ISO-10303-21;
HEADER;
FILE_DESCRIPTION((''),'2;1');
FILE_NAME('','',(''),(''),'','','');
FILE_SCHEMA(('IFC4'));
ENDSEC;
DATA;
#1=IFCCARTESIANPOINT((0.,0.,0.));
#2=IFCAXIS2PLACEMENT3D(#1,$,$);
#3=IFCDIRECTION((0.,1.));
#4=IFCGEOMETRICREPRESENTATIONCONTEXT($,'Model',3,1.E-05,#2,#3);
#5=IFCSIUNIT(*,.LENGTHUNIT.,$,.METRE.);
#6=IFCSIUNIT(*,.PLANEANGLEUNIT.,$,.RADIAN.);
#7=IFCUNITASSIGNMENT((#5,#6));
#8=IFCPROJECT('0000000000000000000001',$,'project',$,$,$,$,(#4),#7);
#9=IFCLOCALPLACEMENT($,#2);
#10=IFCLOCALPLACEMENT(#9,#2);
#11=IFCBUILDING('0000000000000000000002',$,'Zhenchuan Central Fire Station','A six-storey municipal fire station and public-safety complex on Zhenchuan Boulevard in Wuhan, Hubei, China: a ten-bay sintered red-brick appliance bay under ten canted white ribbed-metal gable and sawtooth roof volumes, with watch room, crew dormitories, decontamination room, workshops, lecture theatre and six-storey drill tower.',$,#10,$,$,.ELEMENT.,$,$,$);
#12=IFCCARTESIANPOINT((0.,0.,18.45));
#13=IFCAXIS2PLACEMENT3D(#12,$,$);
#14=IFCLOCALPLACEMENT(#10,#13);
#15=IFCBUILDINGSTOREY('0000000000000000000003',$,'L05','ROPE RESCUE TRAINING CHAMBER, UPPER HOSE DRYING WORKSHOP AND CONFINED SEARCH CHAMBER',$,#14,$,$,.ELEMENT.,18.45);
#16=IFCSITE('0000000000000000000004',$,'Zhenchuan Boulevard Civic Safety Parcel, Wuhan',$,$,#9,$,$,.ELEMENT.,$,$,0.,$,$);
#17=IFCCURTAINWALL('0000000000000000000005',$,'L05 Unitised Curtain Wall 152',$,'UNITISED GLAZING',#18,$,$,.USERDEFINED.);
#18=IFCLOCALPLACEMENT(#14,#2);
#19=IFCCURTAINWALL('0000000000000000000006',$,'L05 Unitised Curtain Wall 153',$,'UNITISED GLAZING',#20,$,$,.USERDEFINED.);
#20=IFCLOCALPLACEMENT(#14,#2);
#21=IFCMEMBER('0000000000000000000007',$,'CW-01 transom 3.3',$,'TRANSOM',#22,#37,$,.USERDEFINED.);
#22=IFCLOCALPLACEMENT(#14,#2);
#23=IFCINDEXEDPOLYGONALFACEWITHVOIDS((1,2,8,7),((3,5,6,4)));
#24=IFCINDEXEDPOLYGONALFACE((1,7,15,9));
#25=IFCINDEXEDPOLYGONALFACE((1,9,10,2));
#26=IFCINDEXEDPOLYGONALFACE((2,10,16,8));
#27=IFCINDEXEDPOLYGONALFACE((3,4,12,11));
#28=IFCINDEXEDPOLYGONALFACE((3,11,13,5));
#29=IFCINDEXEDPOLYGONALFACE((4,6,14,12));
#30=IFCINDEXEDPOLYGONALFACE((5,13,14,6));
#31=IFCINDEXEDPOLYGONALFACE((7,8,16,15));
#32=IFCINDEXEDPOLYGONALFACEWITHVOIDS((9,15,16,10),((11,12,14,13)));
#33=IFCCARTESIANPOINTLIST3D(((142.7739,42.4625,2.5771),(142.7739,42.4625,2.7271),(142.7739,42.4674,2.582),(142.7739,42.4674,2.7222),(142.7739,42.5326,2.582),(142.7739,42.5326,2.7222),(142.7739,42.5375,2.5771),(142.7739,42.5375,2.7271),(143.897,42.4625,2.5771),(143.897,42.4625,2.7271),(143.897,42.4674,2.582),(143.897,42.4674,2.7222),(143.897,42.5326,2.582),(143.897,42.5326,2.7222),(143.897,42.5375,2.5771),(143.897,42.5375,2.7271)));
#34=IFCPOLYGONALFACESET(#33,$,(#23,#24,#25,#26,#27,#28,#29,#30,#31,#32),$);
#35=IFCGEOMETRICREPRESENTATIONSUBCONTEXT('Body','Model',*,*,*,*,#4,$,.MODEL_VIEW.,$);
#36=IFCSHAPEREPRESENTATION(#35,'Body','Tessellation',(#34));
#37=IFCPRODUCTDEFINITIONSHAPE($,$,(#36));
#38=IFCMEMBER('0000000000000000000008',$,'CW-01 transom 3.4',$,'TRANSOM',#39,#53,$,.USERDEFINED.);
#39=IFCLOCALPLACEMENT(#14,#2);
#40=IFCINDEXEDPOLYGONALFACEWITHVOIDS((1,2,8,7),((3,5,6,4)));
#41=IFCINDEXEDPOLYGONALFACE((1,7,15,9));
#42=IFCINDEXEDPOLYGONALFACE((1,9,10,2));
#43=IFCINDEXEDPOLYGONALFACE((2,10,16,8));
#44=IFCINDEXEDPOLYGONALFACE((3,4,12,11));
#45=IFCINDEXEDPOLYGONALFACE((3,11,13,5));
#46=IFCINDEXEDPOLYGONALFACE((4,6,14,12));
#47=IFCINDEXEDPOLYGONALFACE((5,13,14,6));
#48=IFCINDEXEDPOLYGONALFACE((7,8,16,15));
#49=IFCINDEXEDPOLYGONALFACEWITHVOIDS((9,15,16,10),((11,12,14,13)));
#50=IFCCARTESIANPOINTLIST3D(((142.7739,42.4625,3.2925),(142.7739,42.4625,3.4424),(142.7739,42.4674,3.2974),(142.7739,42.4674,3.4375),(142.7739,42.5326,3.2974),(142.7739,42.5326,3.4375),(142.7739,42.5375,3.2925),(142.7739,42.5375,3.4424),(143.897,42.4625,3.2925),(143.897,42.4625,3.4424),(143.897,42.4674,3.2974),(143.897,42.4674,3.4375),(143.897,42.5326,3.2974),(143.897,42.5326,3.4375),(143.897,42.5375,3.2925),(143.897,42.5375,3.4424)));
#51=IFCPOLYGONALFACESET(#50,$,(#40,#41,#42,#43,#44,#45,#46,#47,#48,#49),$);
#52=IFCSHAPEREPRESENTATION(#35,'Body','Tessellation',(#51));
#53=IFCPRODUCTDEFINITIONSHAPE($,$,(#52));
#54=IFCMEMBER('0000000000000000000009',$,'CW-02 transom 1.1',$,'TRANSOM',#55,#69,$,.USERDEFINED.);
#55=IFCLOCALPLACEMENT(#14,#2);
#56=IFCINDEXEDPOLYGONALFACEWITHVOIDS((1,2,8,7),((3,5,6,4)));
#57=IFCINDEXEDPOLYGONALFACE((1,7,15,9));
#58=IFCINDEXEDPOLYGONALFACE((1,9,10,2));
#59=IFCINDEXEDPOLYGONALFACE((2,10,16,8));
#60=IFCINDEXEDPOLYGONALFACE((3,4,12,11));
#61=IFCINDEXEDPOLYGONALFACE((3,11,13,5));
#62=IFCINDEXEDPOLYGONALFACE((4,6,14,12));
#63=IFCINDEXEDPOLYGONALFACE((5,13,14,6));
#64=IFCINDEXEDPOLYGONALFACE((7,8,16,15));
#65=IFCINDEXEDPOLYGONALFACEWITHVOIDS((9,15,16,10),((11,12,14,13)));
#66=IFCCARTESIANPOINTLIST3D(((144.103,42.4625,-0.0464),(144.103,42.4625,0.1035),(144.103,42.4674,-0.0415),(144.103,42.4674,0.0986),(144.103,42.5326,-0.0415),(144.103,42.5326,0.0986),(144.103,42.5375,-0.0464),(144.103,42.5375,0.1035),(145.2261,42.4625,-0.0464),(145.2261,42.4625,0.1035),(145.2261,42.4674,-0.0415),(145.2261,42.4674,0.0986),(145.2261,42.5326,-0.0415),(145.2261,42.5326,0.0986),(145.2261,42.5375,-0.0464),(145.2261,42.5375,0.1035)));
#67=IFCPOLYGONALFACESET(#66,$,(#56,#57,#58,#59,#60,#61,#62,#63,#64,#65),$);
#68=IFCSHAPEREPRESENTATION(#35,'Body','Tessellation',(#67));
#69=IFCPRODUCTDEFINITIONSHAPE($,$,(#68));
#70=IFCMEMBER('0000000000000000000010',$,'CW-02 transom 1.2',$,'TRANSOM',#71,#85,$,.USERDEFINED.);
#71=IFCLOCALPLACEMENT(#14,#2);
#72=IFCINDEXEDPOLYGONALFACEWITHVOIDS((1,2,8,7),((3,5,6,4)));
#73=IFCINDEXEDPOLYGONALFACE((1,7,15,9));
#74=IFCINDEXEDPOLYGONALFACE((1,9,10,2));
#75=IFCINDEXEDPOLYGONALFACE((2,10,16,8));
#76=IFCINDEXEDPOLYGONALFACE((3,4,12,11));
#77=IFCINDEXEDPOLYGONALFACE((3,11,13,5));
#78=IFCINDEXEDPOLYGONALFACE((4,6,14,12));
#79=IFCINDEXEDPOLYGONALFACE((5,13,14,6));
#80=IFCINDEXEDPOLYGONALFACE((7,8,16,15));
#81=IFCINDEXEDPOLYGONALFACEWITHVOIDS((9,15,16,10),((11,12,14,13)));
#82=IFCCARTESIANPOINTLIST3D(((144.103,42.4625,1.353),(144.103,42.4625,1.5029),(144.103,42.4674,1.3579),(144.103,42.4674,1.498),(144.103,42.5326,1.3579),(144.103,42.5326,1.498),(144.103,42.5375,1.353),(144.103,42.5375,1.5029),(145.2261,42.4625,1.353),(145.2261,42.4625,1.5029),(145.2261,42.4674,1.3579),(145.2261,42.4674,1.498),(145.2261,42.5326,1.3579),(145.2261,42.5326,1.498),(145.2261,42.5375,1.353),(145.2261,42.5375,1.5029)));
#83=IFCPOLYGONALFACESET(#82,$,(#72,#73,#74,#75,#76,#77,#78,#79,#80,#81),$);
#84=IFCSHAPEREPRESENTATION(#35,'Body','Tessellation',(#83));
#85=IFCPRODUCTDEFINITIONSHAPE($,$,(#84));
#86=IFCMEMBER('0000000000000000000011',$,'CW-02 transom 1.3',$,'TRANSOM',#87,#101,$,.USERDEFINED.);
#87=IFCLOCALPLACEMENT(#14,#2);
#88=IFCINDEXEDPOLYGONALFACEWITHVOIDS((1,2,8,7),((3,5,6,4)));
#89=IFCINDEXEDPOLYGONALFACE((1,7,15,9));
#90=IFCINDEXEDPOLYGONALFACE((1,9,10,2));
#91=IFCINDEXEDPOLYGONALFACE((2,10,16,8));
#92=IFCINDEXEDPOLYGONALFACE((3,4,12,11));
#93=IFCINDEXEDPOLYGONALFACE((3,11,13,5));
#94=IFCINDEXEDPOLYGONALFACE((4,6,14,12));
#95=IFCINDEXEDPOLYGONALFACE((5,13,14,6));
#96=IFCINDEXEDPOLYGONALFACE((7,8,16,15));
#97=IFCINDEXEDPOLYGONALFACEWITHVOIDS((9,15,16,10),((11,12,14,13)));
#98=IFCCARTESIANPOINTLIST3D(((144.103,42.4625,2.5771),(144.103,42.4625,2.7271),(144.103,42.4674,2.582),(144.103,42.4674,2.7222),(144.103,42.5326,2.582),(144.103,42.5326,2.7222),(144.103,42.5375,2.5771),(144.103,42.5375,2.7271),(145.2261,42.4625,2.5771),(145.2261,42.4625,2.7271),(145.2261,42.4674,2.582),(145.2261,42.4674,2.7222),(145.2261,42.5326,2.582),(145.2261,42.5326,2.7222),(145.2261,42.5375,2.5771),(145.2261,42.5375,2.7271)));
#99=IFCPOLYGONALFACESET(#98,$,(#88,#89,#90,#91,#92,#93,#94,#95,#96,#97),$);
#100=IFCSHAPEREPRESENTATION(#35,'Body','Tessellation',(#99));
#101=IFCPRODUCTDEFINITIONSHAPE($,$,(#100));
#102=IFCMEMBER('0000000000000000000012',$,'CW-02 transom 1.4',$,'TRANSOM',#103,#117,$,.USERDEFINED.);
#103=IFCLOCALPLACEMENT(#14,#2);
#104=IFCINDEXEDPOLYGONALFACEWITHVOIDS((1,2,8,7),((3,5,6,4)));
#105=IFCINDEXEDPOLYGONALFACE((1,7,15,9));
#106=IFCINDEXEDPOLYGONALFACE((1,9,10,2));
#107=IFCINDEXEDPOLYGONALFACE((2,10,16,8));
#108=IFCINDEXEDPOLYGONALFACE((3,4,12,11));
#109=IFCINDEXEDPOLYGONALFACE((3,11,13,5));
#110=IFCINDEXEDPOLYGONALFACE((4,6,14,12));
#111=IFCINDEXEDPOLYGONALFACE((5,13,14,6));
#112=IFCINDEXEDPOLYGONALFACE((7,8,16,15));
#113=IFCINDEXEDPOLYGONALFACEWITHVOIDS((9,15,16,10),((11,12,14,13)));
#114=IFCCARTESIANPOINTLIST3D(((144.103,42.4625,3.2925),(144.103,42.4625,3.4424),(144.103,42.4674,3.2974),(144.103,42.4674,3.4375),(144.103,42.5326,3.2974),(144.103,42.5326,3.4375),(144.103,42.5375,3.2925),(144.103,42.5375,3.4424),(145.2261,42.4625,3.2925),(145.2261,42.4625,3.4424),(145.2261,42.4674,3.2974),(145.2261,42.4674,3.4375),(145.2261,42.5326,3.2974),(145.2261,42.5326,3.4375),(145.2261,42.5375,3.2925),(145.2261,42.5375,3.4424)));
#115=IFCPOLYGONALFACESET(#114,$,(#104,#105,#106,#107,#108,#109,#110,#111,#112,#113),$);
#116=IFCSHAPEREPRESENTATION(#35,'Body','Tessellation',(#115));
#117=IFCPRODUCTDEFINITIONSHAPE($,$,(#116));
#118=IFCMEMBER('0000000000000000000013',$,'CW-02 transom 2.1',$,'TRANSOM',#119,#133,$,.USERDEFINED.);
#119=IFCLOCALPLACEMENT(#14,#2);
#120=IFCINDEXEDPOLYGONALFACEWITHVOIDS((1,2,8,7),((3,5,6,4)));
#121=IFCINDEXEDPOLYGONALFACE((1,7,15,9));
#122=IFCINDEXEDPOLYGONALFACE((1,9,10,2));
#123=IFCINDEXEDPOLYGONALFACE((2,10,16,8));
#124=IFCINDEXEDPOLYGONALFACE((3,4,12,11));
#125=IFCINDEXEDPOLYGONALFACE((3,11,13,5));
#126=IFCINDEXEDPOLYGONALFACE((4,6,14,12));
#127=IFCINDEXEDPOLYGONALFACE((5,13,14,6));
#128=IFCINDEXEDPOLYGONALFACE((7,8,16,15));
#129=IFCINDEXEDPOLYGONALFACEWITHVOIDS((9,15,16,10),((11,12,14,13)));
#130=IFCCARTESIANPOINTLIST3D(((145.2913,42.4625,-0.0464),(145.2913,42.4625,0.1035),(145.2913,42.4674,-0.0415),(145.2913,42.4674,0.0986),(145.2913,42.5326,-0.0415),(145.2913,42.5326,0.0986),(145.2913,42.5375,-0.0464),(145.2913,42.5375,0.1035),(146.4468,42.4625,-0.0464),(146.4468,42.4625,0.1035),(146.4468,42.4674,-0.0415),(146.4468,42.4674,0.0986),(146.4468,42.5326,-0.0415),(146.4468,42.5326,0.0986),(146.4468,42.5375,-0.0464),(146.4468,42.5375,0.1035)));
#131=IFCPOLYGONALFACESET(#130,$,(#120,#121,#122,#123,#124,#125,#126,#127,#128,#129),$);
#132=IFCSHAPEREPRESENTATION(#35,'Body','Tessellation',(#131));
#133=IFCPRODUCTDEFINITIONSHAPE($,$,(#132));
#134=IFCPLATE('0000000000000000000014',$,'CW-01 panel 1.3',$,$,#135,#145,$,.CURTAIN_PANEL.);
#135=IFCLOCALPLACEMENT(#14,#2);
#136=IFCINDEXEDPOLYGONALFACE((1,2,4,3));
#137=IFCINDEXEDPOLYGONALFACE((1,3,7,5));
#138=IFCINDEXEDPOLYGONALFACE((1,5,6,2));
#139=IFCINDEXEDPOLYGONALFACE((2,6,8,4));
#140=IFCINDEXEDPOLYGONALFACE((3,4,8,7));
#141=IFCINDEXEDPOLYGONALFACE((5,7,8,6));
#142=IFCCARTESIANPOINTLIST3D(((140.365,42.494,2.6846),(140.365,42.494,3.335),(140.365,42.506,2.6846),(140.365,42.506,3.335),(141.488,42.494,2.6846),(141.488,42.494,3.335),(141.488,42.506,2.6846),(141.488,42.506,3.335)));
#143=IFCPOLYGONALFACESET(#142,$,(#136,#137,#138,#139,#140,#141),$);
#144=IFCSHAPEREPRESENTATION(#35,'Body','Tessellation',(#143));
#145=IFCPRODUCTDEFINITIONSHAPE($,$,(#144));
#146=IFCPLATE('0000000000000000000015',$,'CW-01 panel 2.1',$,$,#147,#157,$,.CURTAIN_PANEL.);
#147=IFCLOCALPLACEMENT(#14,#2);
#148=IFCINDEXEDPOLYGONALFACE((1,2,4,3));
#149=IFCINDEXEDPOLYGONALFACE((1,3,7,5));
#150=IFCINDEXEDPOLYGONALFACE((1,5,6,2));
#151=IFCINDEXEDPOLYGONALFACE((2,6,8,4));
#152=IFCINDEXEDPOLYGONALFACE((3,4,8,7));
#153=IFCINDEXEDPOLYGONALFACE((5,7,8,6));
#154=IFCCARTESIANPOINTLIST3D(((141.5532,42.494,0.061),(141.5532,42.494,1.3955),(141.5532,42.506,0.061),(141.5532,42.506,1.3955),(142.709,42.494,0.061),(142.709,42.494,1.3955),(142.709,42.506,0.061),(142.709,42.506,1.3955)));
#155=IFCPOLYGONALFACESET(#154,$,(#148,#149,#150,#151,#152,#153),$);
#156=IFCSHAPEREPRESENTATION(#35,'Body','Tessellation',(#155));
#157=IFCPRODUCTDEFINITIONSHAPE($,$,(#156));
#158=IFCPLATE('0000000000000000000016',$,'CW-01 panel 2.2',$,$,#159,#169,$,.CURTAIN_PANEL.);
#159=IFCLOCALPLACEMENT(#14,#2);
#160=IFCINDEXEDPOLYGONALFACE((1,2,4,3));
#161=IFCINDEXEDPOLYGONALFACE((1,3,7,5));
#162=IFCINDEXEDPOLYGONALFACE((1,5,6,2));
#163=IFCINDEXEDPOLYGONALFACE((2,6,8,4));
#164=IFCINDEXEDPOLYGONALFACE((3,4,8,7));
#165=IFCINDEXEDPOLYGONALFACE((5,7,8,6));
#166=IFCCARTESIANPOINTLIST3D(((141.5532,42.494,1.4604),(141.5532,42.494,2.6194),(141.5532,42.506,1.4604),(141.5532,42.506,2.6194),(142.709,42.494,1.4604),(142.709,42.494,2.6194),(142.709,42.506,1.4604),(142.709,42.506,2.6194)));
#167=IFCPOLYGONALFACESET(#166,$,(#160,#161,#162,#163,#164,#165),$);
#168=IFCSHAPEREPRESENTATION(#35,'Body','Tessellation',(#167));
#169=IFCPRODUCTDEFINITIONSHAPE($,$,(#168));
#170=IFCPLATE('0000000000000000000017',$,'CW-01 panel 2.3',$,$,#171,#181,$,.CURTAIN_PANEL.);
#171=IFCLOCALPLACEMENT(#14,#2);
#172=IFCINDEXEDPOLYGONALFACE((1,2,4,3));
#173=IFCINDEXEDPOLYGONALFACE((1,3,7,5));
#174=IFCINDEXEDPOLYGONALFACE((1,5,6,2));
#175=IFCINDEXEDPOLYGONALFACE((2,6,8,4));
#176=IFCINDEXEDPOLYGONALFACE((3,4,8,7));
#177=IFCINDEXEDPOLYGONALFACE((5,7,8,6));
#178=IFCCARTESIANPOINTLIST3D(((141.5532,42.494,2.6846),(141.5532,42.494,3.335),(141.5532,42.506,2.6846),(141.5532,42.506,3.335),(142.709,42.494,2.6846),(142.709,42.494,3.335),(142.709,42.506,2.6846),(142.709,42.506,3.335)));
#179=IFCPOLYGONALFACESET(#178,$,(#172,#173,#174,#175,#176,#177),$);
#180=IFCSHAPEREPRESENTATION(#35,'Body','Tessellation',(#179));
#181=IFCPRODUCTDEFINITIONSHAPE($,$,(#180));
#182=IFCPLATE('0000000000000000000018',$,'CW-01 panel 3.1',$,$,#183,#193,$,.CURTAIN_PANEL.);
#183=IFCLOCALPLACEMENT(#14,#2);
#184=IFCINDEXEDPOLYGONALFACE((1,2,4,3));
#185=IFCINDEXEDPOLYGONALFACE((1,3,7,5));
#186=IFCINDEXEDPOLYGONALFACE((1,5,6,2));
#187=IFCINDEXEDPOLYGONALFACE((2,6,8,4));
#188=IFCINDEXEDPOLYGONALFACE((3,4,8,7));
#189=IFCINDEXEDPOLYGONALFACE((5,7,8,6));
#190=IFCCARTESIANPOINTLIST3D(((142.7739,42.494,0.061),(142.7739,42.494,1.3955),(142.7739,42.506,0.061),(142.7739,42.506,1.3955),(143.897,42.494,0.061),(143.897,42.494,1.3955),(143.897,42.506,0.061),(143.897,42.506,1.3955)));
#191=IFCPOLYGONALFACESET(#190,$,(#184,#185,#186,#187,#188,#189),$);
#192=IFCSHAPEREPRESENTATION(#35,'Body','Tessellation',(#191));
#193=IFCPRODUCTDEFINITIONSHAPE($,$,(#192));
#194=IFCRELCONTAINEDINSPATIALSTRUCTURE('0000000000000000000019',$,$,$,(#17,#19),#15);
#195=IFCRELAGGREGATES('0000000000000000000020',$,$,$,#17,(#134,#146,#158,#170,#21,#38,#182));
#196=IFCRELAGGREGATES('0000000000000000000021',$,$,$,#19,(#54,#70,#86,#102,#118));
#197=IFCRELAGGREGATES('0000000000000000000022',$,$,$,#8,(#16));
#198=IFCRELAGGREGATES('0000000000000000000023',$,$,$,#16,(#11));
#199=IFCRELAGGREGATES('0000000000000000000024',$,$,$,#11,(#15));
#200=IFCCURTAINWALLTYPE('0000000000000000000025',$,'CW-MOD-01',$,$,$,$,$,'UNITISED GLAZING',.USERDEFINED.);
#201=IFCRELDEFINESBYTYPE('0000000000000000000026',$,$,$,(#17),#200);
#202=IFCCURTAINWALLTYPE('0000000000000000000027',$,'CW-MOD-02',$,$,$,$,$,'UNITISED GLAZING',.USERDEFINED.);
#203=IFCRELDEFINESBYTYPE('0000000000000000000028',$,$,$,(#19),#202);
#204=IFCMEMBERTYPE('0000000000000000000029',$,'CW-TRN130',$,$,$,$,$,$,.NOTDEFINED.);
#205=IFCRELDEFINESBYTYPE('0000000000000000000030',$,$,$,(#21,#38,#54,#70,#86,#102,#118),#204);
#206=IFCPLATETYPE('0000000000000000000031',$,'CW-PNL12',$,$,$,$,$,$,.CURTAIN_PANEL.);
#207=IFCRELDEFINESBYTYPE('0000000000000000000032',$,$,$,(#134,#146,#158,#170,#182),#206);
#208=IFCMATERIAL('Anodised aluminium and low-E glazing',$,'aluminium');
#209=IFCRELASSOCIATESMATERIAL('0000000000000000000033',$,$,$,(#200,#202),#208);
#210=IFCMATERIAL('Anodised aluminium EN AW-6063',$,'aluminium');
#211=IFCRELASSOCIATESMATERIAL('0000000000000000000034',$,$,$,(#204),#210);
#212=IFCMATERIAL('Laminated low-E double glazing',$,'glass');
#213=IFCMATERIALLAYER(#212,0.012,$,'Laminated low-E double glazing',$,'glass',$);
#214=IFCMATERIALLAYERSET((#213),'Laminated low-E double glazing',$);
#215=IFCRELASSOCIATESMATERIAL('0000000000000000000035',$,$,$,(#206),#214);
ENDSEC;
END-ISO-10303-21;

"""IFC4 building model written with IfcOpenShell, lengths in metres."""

from ifc_helpers import new_model, si_unit, direction, frame, origin, origin_2d, place, context, subcontext, project, spatial, rectangle, hollow_rectangle, extrude, material, layer, layer_set, material_profile, profile_set, type_object, element, aggregate, save


model = new_model("IFC4")

# Units and contexts
model_context = context("Model", 3, precision=1e-05, world=origin(), true_north=direction((0.0, 1.0)))
body_context = subcontext(model_context, "Body", "Model", "MODEL_VIEW")
ifc_project = project(units=[si_unit("LENGTHUNIT", "METRE"), si_unit("PLANEANGLEUNIT", "RADIAN")], contexts=[model_context])

# Site, building, storey
site_placement = place(None, origin())
site = spatial("IfcSite", under=ifc_project, at=site_placement, Name="Zhenchuan Boulevard Civic Safety Parcel, Wuhan", CompositionType="ELEMENT", RefElevation=0.0)
building_placement = place(site_placement, origin())
building = spatial("IfcBuilding", under=site, at=building_placement, Name="Zhenchuan Central Fire Station", Description="A six-storey municipal fire station and public-safety complex on Zhenchuan Boulevard in Wuhan, Hubei, China: a ten-bay sintered red-brick appliance bay under ten canted white ribbed-metal gable and sawtooth roof volumes, with watch room, crew dormitories, decontamination room, workshops, lecture theatre and six-storey drill tower.", CompositionType="ELEMENT")
storey_placement = place(building_placement, frame((0.0, 0.0, 18.45)))
storey = spatial("IfcBuildingStorey", under=building, at=storey_placement, Name="L05", Description="ROPE RESCUE TRAINING CHAMBER, UPPER HOSE DRYING WORKSHOP AND CONFINED SEARCH CHAMBER", CompositionType="ELEMENT", Elevation=18.45)

# Curtain walls
ifc_material_1 = material(Name="Anodised aluminium and low-E glazing", Category="aluminium")
curtain_wall_type_1 = type_object("IfcCurtainWallType", Name="CW-MOD-01", ElementType="UNITISED GLAZING", PredefinedType="USERDEFINED", material=ifc_material_1)
curtain_wall_1_placement = place(storey_placement, origin())
curtain_wall_1 = element("IfcCurtainWall", 1, at=curtain_wall_1_placement, inside=storey, type_object=curtain_wall_type_1, Name="L05 Unitised Curtain Wall 152", ObjectType="UNITISED GLAZING", PredefinedType="USERDEFINED")
ifc_material_2 = material(Name="Anodised aluminium EN AW-6063", Category="aluminium")
curtain_wall_type_2 = type_object("IfcCurtainWallType", Name="CW-MOD-02", ElementType="UNITISED GLAZING", PredefinedType="USERDEFINED", material=ifc_material_1)
curtain_wall_2_placement = place(storey_placement, origin())
curtain_wall_2 = element("IfcCurtainWall", 2, at=curtain_wall_2_placement, inside=storey, type_object=curtain_wall_type_2, Name="L05 Unitised Curtain Wall 153", ObjectType="UNITISED GLAZING", PredefinedType="USERDEFINED")

# Members
ifc_material_profile_1 = material_profile(ifc_material_2, hollow_rectangle(XDim=0.075, YDim=0.1499, WallThickness=0.0049, at=origin_2d()), Name="ALU-T 150x75")
ifc_profile_set_1 = profile_set([ifc_material_profile_1], Name="Anodised aluminium EN AW-6063")
member_type_1 = type_object("IfcMemberType", Name="CW-TRN130", PredefinedType="NOTDEFINED", material=ifc_profile_set_1)
member_1_placement = place(storey_placement, frame((142.7739, 42.5, 2.6521), z_axis=(1.0, 0.0, 0.0), x_axis=(0.0, 1.0, 0.0)))
member_1 = element("IfcMember", 3, at=member_1_placement, type_object=member_type_1, Name="CW-01 transom 3.3", ObjectType="TRANSOM", PredefinedType="USERDEFINED", context=body_context, shape_type="SweptSolid", body=[
    extrude(hollow_rectangle(XDim=0.075, YDim=0.1499, WallThickness=0.0049, at=origin_2d()), origin(), (0.0, 0.0, 1.0), 1.123),
])
member_2_placement = place(storey_placement, frame((142.7739, 42.5, 3.3674), z_axis=(1.0, 0.0, 0.0), x_axis=(0.0, 1.0, 0.0)))
member_2 = element("IfcMember", 4, at=member_2_placement, type_object=member_type_1, Name="CW-01 transom 3.4", ObjectType="TRANSOM", PredefinedType="USERDEFINED", context=body_context, shape_type="SweptSolid", body=[
    extrude(hollow_rectangle(XDim=0.075, YDim=0.1499, WallThickness=0.0049, at=origin_2d()), origin(), (0.0, 0.0, 1.0), 1.123),
])
member_3_placement = place(storey_placement, frame((144.103, 42.5, 0.0286), z_axis=(1.0, 0.0, 0.0), x_axis=(0.0, 1.0, 0.0)))
member_3 = element("IfcMember", 5, at=member_3_placement, type_object=member_type_1, Name="CW-02 transom 1.1", ObjectType="TRANSOM", PredefinedType="USERDEFINED", context=body_context, shape_type="SweptSolid", body=[
    extrude(hollow_rectangle(XDim=0.075, YDim=0.1499, WallThickness=0.0049, at=origin_2d()), origin(), (0.0, 0.0, 1.0), 1.123),
])
member_4_placement = place(storey_placement, frame((144.103, 42.5, 1.428), z_axis=(1.0, 0.0, 0.0), x_axis=(0.0, 1.0, 0.0)))
member_4 = element("IfcMember", 6, at=member_4_placement, type_object=member_type_1, Name="CW-02 transom 1.2", ObjectType="TRANSOM", PredefinedType="USERDEFINED", context=body_context, shape_type="SweptSolid", body=[
    extrude(hollow_rectangle(XDim=0.075, YDim=0.1499, WallThickness=0.0049, at=origin_2d()), origin(), (0.0, 0.0, 1.0), 1.123),
])
member_5_placement = place(storey_placement, frame((144.103, 42.5, 2.6521), z_axis=(1.0, 0.0, 0.0), x_axis=(0.0, 1.0, 0.0)))
member_5 = element("IfcMember", 7, at=member_5_placement, type_object=member_type_1, Name="CW-02 transom 1.3", ObjectType="TRANSOM", PredefinedType="USERDEFINED", context=body_context, shape_type="SweptSolid", body=[
    extrude(hollow_rectangle(XDim=0.075, YDim=0.1499, WallThickness=0.0049, at=origin_2d()), origin(), (0.0, 0.0, 1.0), 1.123),
])
member_6_placement = place(storey_placement, frame((144.103, 42.5, 3.3674), z_axis=(1.0, 0.0, 0.0), x_axis=(0.0, 1.0, 0.0)))
member_6 = element("IfcMember", 8, at=member_6_placement, type_object=member_type_1, Name="CW-02 transom 1.4", ObjectType="TRANSOM", PredefinedType="USERDEFINED", context=body_context, shape_type="SweptSolid", body=[
    extrude(hollow_rectangle(XDim=0.075, YDim=0.1499, WallThickness=0.0049, at=origin_2d()), origin(), (0.0, 0.0, 1.0), 1.123),
])
member_7_placement = place(storey_placement, frame((145.2913, 42.5, 0.0286), z_axis=(1.0, 0.0, 0.0), x_axis=(0.0, 1.0, 0.0)))
member_7 = element("IfcMember", 9, at=member_7_placement, type_object=member_type_1, Name="CW-02 transom 2.1", ObjectType="TRANSOM", PredefinedType="USERDEFINED", context=body_context, shape_type="SweptSolid", body=[
    extrude(hollow_rectangle(XDim=0.075, YDim=0.1499, WallThickness=0.0049, at=origin_2d()), origin(), (0.0, 0.0, 1.0), 1.1555),
])

# Plates
ifc_material_3 = material(Name="Laminated low-E double glazing", Category="glass")
ifc_layer = layer(ifc_material_3, 0.012, Name="Laminated low-E double glazing", Category="glass")
ifc_layer_set = layer_set([ifc_layer], Name="Laminated low-E double glazing")
plate_type = type_object("IfcPlateType", Name="CW-PNL12", PredefinedType="CURTAIN_PANEL", material=ifc_layer_set)
plate_1_placement = place(storey_placement, frame((140.9265, 42.5, 2.6846), z_axis=(0.0, 0.0, 1.0), x_axis=(1.0, 0.0, 0.0)))
plate_1 = element("IfcPlate", 10, at=plate_1_placement, type_object=plate_type, Name="CW-01 panel 1.3", PredefinedType="CURTAIN_PANEL", context=body_context, shape_type="SweptSolid", body=[
    extrude(rectangle(XDim=1.123, YDim=0.012, at=origin_2d()), origin(), (0.0, 0.0, 1.0), 0.6504),
])
plate_2_placement = place(storey_placement, frame((142.1311, 42.5, 0.061), z_axis=(0.0, 0.0, 1.0), x_axis=(1.0, 0.0, 0.0)))
plate_2 = element("IfcPlate", 11, at=plate_2_placement, type_object=plate_type, Name="CW-01 panel 2.1", PredefinedType="CURTAIN_PANEL", context=body_context, shape_type="SweptSolid", body=[
    extrude(rectangle(XDim=1.1558, YDim=0.012, at=origin_2d()), origin(), (0.0, 0.0, 1.0), 1.3345),
])
plate_3_placement = place(storey_placement, frame((142.1311, 42.5, 1.4604), z_axis=(0.0, 0.0, 1.0), x_axis=(1.0, 0.0, 0.0)))
plate_3 = element("IfcPlate", 12, at=plate_3_placement, type_object=plate_type, Name="CW-01 panel 2.2", PredefinedType="CURTAIN_PANEL", context=body_context, shape_type="SweptSolid", body=[
    extrude(rectangle(XDim=1.1558, YDim=0.012, at=origin_2d()), origin(), (0.0, 0.0, 1.0), 1.1589),
])
plate_4_placement = place(storey_placement, frame((142.1311, 42.5, 2.6846), z_axis=(0.0, 0.0, 1.0), x_axis=(1.0, 0.0, 0.0)))
plate_4 = element("IfcPlate", 13, at=plate_4_placement, type_object=plate_type, Name="CW-01 panel 2.3", PredefinedType="CURTAIN_PANEL", context=body_context, shape_type="SweptSolid", body=[
    extrude(rectangle(XDim=1.1558, YDim=0.012, at=origin_2d()), origin(), (0.0, 0.0, 1.0), 0.6504),
])
plate_5_placement = place(storey_placement, frame((143.3354, 42.5, 0.061), z_axis=(0.0, 0.0, 1.0), x_axis=(1.0, 0.0, 0.0)))
plate_5 = element("IfcPlate", 14, at=plate_5_placement, type_object=plate_type, Name="CW-01 panel 3.1", PredefinedType="CURTAIN_PANEL", context=body_context, shape_type="SweptSolid", body=[
    extrude(rectangle(XDim=1.123, YDim=0.012, at=origin_2d()), origin(), (0.0, 0.0, 1.0), 1.3345),
])
aggregate(curtain_wall_1, [plate_1, plate_2, plate_3, plate_4, member_1, member_2, plate_5])
aggregate(curtain_wall_2, [member_3, member_4, member_5, member_6, member_7])

save(model, "model.ifc")
